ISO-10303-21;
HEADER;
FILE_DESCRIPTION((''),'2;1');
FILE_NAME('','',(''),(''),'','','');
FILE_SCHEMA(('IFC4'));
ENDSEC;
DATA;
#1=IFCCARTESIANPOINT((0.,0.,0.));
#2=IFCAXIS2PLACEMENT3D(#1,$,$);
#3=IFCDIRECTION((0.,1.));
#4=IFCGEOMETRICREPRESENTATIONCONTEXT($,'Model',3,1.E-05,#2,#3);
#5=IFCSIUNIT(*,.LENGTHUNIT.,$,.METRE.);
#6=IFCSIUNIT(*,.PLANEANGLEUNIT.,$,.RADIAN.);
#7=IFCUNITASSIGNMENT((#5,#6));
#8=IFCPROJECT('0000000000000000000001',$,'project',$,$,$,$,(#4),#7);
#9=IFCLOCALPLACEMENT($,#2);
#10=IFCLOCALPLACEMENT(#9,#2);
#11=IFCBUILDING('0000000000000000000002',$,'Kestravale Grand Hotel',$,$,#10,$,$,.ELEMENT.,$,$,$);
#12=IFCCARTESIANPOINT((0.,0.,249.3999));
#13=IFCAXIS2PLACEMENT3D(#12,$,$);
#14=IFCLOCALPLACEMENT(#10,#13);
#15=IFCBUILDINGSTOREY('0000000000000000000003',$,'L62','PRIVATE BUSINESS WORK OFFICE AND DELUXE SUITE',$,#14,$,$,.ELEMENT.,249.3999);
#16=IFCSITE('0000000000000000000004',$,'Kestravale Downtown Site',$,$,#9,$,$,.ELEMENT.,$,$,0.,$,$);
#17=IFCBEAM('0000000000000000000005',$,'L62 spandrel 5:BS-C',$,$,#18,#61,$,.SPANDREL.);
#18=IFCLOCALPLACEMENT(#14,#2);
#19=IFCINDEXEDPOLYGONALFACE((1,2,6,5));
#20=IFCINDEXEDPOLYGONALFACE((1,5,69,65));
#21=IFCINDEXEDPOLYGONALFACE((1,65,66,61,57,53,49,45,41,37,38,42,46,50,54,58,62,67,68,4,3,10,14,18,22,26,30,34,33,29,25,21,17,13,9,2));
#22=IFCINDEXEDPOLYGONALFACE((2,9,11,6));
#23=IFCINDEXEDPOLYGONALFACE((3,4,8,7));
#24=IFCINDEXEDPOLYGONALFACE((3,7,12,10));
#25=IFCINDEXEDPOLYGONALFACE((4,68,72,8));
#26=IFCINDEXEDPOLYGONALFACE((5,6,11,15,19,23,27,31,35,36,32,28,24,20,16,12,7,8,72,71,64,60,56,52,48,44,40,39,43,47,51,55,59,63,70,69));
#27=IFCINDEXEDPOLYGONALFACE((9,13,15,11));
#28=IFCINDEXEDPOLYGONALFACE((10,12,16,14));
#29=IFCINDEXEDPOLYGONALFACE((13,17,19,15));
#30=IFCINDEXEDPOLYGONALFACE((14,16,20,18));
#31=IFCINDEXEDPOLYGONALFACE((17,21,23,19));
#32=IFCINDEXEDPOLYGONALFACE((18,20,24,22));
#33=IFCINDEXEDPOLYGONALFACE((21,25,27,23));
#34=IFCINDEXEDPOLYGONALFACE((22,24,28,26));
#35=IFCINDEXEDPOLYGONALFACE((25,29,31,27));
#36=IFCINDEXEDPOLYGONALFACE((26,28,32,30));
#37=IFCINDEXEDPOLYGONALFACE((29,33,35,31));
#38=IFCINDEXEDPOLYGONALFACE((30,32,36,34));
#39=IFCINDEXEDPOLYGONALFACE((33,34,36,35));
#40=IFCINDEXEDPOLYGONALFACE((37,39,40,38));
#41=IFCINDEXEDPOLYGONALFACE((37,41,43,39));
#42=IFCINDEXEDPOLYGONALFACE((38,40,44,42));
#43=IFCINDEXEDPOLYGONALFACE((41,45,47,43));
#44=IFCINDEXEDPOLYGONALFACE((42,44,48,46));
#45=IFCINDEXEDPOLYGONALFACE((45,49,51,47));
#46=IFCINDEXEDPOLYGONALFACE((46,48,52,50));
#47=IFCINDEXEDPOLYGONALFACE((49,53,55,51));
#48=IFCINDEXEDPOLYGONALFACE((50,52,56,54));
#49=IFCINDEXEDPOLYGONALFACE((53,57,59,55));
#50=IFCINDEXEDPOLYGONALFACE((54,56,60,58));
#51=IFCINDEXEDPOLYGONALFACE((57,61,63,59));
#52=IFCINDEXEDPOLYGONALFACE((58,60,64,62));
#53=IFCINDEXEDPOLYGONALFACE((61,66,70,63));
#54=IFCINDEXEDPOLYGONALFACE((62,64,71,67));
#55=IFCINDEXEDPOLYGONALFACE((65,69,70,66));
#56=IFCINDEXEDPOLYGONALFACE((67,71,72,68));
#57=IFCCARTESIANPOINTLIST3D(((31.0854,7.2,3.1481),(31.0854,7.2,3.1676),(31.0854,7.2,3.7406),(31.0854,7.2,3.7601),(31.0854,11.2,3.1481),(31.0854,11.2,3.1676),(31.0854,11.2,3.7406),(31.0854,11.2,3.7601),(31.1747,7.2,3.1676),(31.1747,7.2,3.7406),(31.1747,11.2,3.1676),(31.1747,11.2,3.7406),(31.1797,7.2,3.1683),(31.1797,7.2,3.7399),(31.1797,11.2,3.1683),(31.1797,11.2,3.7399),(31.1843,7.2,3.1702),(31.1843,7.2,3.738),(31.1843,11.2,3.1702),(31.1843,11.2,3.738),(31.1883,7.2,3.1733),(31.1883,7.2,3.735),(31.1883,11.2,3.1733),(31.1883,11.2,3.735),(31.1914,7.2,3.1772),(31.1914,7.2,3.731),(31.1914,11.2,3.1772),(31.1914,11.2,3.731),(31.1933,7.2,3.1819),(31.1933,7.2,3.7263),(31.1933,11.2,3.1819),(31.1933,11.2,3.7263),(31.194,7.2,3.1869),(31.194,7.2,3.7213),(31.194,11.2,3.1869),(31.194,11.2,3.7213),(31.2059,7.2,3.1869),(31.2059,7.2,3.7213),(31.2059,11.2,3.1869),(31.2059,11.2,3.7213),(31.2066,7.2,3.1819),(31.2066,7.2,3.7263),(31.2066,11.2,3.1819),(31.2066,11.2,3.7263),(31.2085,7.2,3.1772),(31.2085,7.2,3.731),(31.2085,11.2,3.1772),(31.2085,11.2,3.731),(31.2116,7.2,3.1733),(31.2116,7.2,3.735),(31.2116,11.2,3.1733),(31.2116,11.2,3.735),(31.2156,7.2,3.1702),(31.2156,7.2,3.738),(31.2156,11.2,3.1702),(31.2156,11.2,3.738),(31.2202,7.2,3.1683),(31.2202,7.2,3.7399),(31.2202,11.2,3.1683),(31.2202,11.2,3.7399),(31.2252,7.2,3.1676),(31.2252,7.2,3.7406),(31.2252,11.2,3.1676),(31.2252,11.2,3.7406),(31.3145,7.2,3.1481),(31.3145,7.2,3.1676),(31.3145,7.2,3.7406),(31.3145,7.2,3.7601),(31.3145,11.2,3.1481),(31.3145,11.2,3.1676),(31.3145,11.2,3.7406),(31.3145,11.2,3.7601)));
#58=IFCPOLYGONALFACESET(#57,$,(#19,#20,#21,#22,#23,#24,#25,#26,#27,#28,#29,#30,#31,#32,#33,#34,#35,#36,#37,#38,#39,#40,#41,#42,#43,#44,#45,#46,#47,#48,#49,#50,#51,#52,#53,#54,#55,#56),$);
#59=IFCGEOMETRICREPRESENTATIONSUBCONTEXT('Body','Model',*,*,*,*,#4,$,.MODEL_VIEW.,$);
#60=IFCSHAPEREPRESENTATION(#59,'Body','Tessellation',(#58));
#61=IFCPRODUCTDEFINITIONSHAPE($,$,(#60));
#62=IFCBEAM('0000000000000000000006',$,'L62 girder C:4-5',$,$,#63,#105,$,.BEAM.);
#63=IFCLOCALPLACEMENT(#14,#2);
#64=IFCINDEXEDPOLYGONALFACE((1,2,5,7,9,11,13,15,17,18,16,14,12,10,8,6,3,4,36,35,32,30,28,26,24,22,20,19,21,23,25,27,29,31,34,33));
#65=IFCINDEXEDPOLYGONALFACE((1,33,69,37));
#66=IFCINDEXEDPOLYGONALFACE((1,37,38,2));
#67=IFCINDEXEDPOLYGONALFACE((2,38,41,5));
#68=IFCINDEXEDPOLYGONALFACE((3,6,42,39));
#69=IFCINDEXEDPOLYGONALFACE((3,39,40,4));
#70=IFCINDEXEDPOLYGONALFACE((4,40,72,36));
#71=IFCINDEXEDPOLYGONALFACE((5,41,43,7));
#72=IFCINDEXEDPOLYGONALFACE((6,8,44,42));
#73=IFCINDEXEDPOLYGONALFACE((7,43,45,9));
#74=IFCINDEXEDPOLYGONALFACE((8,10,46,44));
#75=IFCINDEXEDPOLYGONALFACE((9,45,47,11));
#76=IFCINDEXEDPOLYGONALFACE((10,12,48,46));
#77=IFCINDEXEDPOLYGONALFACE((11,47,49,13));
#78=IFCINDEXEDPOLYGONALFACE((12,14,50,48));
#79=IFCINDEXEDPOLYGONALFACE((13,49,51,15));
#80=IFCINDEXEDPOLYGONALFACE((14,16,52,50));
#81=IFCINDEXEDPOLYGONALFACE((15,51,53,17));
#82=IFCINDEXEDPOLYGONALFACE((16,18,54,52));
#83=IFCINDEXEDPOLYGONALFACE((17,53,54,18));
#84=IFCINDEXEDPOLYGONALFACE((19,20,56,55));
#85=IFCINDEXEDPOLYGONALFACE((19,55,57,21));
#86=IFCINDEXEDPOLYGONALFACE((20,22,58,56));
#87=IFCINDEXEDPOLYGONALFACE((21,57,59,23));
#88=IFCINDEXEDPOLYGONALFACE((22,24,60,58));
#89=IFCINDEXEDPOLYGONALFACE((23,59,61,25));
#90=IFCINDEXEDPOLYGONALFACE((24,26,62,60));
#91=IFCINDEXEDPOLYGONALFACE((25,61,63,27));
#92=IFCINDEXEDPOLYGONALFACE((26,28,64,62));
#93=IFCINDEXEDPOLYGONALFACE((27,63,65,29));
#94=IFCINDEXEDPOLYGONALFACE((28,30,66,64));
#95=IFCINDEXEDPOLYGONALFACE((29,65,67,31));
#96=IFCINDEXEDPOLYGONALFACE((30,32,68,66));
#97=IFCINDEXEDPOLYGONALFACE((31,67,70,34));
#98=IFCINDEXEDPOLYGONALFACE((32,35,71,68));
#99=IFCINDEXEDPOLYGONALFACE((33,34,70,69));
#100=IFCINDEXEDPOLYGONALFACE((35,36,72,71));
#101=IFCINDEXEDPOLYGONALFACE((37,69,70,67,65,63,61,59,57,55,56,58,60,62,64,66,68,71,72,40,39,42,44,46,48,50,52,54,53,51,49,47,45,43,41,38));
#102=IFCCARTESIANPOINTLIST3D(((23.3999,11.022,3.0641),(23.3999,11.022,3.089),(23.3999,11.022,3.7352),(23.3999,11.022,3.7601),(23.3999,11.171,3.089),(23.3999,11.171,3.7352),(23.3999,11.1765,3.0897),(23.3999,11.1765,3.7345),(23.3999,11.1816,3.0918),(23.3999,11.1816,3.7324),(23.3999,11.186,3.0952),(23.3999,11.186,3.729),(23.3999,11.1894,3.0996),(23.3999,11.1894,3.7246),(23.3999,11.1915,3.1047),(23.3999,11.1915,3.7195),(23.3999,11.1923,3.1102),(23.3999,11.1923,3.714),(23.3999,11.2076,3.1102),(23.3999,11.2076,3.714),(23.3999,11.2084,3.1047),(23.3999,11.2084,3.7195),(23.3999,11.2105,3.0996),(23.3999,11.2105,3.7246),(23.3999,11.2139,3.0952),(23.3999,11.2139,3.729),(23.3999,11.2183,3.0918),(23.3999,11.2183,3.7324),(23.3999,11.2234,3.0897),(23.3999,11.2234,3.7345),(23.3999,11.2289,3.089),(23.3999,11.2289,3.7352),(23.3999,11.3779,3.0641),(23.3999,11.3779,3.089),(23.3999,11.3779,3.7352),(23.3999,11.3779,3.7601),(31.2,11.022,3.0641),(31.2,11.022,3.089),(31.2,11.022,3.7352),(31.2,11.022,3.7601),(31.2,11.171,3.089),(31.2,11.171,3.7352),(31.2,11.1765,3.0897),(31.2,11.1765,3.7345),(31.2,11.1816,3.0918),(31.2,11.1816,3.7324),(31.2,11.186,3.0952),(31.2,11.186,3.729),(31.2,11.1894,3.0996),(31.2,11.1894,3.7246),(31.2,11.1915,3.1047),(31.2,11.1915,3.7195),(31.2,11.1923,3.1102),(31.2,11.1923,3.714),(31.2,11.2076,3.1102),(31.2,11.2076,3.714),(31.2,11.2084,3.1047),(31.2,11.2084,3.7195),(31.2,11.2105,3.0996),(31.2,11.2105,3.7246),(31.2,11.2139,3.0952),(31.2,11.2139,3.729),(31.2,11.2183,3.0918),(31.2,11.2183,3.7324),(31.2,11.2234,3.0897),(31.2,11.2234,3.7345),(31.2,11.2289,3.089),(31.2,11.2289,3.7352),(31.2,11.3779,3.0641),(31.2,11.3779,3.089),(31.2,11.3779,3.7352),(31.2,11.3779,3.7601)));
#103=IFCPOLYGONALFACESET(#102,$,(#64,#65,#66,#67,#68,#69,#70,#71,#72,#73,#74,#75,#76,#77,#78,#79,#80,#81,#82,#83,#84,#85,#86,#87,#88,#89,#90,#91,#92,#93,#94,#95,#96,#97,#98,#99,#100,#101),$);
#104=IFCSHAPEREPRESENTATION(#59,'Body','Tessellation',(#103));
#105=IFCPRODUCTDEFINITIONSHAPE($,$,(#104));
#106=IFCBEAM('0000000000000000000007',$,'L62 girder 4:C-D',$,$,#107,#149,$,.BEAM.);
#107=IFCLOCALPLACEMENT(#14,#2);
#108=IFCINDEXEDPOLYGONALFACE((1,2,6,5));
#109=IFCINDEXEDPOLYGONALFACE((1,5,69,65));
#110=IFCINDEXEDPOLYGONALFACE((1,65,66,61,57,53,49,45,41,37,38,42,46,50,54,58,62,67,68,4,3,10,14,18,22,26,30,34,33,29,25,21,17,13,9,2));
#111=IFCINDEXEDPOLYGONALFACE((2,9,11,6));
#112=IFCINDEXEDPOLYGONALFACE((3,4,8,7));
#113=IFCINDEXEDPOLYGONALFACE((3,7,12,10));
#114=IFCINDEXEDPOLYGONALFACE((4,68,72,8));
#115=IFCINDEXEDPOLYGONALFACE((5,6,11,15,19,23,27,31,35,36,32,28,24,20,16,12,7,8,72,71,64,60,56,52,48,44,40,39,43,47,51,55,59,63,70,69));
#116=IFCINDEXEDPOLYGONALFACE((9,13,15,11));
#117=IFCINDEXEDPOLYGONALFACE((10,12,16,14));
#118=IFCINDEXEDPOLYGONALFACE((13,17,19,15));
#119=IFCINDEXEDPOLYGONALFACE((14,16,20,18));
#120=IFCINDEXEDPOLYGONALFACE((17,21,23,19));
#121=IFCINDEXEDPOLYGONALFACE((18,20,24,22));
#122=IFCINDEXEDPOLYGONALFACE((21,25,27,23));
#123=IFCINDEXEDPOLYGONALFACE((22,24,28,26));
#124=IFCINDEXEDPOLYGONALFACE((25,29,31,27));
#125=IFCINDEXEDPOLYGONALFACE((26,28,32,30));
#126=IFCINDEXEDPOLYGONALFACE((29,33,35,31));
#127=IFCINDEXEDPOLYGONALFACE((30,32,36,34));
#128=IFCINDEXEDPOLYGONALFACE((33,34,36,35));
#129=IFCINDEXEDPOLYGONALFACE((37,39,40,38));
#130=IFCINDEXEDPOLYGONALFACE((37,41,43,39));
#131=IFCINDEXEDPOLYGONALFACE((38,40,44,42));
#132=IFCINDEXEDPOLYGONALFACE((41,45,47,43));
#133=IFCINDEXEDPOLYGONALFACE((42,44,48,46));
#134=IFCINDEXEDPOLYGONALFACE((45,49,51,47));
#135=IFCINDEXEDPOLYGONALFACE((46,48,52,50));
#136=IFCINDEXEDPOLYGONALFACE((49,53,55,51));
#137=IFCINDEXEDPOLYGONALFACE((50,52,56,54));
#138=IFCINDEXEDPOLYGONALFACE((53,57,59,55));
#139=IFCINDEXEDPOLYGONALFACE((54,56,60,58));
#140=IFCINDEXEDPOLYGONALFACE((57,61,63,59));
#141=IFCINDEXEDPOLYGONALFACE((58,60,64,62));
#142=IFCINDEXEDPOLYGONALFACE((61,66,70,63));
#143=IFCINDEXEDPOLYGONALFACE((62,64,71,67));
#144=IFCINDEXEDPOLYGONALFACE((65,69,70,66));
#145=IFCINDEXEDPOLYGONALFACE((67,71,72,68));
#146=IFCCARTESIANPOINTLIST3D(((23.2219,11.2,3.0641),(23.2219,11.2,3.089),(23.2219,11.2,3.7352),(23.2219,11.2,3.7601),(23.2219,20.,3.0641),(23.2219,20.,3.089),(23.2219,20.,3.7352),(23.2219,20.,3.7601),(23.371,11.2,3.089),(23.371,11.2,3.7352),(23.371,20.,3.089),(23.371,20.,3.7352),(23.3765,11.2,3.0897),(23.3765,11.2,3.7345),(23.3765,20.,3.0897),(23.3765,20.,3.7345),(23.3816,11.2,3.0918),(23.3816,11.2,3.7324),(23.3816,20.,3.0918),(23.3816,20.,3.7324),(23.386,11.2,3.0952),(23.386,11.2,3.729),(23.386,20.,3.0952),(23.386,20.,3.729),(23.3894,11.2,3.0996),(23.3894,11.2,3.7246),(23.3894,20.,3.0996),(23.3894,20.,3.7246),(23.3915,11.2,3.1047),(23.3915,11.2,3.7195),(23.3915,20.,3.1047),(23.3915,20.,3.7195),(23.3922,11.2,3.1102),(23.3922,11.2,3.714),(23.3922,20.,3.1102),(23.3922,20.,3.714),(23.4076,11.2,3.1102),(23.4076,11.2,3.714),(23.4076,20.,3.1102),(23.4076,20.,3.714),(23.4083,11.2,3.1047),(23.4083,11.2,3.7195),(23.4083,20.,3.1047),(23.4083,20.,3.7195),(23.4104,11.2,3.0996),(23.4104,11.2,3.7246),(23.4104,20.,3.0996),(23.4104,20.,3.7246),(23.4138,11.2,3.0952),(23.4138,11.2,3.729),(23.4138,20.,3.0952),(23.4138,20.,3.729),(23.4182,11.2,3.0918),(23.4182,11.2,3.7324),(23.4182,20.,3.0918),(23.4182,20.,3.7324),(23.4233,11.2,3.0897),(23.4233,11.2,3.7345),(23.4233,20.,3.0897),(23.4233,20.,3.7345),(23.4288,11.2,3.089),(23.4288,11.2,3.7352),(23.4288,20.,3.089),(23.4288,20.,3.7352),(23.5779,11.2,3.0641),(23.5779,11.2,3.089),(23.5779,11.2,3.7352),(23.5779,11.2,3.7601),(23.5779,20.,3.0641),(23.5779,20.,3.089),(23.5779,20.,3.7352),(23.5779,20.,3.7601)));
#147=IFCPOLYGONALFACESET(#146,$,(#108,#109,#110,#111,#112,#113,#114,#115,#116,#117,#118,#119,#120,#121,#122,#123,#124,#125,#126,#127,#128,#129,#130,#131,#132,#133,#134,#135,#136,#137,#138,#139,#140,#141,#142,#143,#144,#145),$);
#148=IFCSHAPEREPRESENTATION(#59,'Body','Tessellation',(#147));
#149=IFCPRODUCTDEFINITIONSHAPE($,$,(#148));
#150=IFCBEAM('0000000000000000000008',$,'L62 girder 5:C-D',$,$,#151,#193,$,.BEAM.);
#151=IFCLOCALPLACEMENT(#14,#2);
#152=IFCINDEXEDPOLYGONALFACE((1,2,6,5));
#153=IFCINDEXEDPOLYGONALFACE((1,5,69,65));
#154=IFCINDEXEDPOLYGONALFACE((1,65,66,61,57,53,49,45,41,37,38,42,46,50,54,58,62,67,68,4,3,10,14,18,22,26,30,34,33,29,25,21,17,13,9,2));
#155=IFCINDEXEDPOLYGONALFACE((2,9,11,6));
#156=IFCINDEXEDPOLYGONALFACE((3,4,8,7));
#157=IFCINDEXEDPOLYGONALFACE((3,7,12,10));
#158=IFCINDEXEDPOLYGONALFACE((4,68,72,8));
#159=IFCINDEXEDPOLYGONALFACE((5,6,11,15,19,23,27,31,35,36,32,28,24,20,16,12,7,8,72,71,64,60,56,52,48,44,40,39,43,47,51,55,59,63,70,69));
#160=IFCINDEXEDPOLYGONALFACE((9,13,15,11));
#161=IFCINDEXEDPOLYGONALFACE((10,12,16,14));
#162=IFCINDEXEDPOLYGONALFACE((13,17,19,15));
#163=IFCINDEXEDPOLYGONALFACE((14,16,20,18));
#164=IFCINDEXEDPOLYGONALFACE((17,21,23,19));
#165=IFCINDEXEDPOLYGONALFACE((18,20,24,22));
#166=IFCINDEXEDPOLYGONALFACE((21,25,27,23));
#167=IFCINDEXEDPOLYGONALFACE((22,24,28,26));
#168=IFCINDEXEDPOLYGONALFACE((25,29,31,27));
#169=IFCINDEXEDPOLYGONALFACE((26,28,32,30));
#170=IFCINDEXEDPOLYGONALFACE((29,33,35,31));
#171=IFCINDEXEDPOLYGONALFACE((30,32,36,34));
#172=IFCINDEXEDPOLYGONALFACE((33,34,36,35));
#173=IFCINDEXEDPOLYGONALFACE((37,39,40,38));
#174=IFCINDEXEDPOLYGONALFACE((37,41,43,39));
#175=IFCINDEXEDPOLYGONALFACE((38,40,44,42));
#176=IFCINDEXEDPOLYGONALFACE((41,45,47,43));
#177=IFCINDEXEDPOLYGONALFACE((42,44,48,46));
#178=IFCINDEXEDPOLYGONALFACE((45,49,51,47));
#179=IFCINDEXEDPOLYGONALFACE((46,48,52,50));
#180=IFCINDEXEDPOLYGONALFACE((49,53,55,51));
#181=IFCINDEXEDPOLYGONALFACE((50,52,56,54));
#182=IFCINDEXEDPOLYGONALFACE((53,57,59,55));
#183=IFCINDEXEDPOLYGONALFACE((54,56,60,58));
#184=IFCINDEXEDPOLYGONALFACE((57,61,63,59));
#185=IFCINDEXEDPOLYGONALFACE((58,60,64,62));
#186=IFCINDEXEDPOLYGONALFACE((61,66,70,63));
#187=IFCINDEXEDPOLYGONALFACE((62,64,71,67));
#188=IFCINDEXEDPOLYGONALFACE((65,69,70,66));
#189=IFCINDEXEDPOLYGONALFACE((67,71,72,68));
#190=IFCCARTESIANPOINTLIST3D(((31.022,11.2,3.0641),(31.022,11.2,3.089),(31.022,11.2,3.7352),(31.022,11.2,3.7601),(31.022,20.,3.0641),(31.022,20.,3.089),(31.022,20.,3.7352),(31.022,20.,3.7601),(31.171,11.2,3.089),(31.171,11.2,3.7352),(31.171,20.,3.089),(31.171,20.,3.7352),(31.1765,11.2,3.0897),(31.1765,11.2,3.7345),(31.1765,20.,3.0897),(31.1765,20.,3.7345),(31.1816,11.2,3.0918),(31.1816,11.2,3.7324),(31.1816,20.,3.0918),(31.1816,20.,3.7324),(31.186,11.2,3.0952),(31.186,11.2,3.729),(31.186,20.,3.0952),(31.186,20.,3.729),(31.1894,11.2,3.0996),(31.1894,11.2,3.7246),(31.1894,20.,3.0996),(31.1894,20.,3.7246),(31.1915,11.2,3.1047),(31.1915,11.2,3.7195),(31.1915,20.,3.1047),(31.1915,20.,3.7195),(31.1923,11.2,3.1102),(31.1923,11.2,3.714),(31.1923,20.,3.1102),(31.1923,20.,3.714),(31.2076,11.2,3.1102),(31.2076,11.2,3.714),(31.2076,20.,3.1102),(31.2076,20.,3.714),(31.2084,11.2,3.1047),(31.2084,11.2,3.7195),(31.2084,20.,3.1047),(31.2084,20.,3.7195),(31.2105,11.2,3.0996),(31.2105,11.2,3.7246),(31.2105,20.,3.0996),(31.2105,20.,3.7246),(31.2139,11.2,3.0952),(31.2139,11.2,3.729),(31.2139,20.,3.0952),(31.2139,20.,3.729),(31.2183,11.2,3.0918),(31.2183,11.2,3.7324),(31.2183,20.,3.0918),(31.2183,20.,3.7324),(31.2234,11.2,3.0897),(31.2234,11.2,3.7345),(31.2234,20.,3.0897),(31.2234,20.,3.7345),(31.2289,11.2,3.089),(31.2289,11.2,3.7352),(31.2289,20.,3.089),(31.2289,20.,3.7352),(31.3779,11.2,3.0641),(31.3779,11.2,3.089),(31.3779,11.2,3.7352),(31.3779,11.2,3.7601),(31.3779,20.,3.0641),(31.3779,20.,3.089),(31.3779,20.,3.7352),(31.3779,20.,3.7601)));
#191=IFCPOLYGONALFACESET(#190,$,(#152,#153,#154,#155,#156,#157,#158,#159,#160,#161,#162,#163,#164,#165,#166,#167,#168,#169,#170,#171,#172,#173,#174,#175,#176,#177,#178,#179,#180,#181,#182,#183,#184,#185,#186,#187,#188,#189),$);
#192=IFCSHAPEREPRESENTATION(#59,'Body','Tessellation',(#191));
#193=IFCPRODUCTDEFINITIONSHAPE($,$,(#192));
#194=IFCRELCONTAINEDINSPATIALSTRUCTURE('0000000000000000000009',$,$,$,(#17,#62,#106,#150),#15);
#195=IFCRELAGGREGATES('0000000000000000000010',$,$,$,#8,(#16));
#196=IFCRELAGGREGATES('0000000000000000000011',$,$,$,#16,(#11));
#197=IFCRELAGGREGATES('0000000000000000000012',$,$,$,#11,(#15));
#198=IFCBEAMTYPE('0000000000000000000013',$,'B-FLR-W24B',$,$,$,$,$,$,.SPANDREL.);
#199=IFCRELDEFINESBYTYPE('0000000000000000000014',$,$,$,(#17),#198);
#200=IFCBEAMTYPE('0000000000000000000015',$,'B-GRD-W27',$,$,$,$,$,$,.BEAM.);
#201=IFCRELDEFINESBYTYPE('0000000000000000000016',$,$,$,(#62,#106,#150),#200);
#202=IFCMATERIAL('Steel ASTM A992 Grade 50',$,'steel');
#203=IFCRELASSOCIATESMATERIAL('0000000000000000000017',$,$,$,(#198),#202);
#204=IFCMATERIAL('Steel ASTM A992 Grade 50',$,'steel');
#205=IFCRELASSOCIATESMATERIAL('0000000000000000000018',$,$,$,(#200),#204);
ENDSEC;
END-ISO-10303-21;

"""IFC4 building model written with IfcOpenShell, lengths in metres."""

from ifc_helpers import new_model, si_unit, direction, frame, origin, origin_2d, place, context, subcontext, project, spatial, i_section, extrude, material, material_profile, profile_set, type_object, element, save


model = new_model("IFC4")

# Units and contexts
model_context = context("Model", 3, precision=1e-05, world=origin(), true_north=direction((0.0, 1.0)))
body_context = subcontext(model_context, "Body", "Model", "MODEL_VIEW")
ifc_project = project(units=[si_unit("LENGTHUNIT", "METRE"), si_unit("PLANEANGLEUNIT", "RADIAN")], contexts=[model_context])

# Site, building, storey
site_placement = place(None, origin())
site = spatial("IfcSite", under=ifc_project, at=site_placement, Name="Kestravale Downtown Site", CompositionType="ELEMENT", RefElevation=0.0)
building_placement = place(site_placement, origin())
building = spatial("IfcBuilding", under=site, at=building_placement, Name="Kestravale Grand Hotel", CompositionType="ELEMENT")
storey_placement = place(building_placement, frame((0.0, 0.0, 249.3999)))
storey = spatial("IfcBuildingStorey", under=building, at=storey_placement, Name="L62", Description="PRIVATE BUSINESS WORK OFFICE AND DELUXE SUITE", CompositionType="ELEMENT", Elevation=249.3999)

# Beams
ifc_material_1 = material(Name="Steel ASTM A992 Grade 50", Category="steel")
ifc_material_profile_1 = material_profile(ifc_material_1, i_section(OverallWidth=0.229, OverallDepth=0.6121, WebThickness=0.012, FlangeThickness=0.0195, FilletRadius=0.0193, at=origin_2d()))
ifc_profile_set_1 = profile_set([ifc_material_profile_1], Name="Steel ASTM A992 Grade 50")
beam_type_1 = type_object("IfcBeamType", Name="B-FLR-W24B", PredefinedType="SPANDREL", material=ifc_profile_set_1)
for number, where, z_axis, x_axis, name in (
    (1, (31.2, 7.2, 3.4541), (0.0, 1.0, 0.0), (-1.0, 0.0, 0.0), "L62 spandrel 5:BS-C"),
):
    element("IfcBeam", number, at=place(storey_placement, frame(where, z_axis=z_axis, x_axis=x_axis)), inside=storey, type_object=beam_type_1, Name=name, PredefinedType="SPANDREL", context=body_context, shape_type="SweptSolid", body=[
        extrude(i_section(OverallWidth=0.229, OverallDepth=0.6121, WebThickness=0.012, FlangeThickness=0.0195, FilletRadius=0.0193, at=origin_2d()), origin(), (0.0, 0.0, 1.0), 4.0),
    ])
ifc_material_2 = material(Name="Steel ASTM A992 Grade 50", Category="steel")
ifc_material_profile_2 = material_profile(ifc_material_2, i_section(OverallWidth=0.356, OverallDepth=0.696, WebThickness=0.0154, FlangeThickness=0.0249, FilletRadius=0.0212, at=origin_2d()))
ifc_profile_set_2 = profile_set([ifc_material_profile_2], Name="Steel ASTM A992 Grade 50")
beam_type_2 = type_object("IfcBeamType", Name="B-GRD-W27", PredefinedType="BEAM", material=ifc_profile_set_2)
beam_1_placement = place(storey_placement, frame((23.3999, 11.2, 3.4121), z_axis=(1.0, 0.0, 0.0), x_axis=(0.0, 1.0, 0.0)))
element("IfcBeam", 2, at=beam_1_placement, inside=storey, type_object=beam_type_2, Name="L62 girder C:4-5", PredefinedType="BEAM", context=body_context, shape_type="SweptSolid", body=[
    extrude(i_section(OverallWidth=0.356, OverallDepth=0.696, WebThickness=0.0154, FlangeThickness=0.0249, FilletRadius=0.0212, at=origin_2d()), origin(), (0.0, 0.0, 1.0), 7.8),
])
for number, where, z_axis, x_axis, name in (
    (3, (23.3999, 11.2, 3.4121), (0.0, 1.0, 0.0), (-1.0, 0.0, 0.0), "L62 girder 4:C-D"),
    (4, (31.2, 11.2, 3.4121), (0.0, 1.0, 0.0), (-1.0, 0.0, 0.0), "L62 girder 5:C-D"),
):
    element("IfcBeam", number, at=place(storey_placement, frame(where, z_axis=z_axis, x_axis=x_axis)), inside=storey, type_object=beam_type_2, Name=name, PredefinedType="BEAM", context=body_context, shape_type="SweptSolid", body=[
        extrude(i_section(OverallWidth=0.356, OverallDepth=0.696, WebThickness=0.0154, FlangeThickness=0.0249, FilletRadius=0.0212, at=origin_2d()), origin(), (0.0, 0.0, 1.0), 8.8),
    ])

save(model, "model.ifc")
